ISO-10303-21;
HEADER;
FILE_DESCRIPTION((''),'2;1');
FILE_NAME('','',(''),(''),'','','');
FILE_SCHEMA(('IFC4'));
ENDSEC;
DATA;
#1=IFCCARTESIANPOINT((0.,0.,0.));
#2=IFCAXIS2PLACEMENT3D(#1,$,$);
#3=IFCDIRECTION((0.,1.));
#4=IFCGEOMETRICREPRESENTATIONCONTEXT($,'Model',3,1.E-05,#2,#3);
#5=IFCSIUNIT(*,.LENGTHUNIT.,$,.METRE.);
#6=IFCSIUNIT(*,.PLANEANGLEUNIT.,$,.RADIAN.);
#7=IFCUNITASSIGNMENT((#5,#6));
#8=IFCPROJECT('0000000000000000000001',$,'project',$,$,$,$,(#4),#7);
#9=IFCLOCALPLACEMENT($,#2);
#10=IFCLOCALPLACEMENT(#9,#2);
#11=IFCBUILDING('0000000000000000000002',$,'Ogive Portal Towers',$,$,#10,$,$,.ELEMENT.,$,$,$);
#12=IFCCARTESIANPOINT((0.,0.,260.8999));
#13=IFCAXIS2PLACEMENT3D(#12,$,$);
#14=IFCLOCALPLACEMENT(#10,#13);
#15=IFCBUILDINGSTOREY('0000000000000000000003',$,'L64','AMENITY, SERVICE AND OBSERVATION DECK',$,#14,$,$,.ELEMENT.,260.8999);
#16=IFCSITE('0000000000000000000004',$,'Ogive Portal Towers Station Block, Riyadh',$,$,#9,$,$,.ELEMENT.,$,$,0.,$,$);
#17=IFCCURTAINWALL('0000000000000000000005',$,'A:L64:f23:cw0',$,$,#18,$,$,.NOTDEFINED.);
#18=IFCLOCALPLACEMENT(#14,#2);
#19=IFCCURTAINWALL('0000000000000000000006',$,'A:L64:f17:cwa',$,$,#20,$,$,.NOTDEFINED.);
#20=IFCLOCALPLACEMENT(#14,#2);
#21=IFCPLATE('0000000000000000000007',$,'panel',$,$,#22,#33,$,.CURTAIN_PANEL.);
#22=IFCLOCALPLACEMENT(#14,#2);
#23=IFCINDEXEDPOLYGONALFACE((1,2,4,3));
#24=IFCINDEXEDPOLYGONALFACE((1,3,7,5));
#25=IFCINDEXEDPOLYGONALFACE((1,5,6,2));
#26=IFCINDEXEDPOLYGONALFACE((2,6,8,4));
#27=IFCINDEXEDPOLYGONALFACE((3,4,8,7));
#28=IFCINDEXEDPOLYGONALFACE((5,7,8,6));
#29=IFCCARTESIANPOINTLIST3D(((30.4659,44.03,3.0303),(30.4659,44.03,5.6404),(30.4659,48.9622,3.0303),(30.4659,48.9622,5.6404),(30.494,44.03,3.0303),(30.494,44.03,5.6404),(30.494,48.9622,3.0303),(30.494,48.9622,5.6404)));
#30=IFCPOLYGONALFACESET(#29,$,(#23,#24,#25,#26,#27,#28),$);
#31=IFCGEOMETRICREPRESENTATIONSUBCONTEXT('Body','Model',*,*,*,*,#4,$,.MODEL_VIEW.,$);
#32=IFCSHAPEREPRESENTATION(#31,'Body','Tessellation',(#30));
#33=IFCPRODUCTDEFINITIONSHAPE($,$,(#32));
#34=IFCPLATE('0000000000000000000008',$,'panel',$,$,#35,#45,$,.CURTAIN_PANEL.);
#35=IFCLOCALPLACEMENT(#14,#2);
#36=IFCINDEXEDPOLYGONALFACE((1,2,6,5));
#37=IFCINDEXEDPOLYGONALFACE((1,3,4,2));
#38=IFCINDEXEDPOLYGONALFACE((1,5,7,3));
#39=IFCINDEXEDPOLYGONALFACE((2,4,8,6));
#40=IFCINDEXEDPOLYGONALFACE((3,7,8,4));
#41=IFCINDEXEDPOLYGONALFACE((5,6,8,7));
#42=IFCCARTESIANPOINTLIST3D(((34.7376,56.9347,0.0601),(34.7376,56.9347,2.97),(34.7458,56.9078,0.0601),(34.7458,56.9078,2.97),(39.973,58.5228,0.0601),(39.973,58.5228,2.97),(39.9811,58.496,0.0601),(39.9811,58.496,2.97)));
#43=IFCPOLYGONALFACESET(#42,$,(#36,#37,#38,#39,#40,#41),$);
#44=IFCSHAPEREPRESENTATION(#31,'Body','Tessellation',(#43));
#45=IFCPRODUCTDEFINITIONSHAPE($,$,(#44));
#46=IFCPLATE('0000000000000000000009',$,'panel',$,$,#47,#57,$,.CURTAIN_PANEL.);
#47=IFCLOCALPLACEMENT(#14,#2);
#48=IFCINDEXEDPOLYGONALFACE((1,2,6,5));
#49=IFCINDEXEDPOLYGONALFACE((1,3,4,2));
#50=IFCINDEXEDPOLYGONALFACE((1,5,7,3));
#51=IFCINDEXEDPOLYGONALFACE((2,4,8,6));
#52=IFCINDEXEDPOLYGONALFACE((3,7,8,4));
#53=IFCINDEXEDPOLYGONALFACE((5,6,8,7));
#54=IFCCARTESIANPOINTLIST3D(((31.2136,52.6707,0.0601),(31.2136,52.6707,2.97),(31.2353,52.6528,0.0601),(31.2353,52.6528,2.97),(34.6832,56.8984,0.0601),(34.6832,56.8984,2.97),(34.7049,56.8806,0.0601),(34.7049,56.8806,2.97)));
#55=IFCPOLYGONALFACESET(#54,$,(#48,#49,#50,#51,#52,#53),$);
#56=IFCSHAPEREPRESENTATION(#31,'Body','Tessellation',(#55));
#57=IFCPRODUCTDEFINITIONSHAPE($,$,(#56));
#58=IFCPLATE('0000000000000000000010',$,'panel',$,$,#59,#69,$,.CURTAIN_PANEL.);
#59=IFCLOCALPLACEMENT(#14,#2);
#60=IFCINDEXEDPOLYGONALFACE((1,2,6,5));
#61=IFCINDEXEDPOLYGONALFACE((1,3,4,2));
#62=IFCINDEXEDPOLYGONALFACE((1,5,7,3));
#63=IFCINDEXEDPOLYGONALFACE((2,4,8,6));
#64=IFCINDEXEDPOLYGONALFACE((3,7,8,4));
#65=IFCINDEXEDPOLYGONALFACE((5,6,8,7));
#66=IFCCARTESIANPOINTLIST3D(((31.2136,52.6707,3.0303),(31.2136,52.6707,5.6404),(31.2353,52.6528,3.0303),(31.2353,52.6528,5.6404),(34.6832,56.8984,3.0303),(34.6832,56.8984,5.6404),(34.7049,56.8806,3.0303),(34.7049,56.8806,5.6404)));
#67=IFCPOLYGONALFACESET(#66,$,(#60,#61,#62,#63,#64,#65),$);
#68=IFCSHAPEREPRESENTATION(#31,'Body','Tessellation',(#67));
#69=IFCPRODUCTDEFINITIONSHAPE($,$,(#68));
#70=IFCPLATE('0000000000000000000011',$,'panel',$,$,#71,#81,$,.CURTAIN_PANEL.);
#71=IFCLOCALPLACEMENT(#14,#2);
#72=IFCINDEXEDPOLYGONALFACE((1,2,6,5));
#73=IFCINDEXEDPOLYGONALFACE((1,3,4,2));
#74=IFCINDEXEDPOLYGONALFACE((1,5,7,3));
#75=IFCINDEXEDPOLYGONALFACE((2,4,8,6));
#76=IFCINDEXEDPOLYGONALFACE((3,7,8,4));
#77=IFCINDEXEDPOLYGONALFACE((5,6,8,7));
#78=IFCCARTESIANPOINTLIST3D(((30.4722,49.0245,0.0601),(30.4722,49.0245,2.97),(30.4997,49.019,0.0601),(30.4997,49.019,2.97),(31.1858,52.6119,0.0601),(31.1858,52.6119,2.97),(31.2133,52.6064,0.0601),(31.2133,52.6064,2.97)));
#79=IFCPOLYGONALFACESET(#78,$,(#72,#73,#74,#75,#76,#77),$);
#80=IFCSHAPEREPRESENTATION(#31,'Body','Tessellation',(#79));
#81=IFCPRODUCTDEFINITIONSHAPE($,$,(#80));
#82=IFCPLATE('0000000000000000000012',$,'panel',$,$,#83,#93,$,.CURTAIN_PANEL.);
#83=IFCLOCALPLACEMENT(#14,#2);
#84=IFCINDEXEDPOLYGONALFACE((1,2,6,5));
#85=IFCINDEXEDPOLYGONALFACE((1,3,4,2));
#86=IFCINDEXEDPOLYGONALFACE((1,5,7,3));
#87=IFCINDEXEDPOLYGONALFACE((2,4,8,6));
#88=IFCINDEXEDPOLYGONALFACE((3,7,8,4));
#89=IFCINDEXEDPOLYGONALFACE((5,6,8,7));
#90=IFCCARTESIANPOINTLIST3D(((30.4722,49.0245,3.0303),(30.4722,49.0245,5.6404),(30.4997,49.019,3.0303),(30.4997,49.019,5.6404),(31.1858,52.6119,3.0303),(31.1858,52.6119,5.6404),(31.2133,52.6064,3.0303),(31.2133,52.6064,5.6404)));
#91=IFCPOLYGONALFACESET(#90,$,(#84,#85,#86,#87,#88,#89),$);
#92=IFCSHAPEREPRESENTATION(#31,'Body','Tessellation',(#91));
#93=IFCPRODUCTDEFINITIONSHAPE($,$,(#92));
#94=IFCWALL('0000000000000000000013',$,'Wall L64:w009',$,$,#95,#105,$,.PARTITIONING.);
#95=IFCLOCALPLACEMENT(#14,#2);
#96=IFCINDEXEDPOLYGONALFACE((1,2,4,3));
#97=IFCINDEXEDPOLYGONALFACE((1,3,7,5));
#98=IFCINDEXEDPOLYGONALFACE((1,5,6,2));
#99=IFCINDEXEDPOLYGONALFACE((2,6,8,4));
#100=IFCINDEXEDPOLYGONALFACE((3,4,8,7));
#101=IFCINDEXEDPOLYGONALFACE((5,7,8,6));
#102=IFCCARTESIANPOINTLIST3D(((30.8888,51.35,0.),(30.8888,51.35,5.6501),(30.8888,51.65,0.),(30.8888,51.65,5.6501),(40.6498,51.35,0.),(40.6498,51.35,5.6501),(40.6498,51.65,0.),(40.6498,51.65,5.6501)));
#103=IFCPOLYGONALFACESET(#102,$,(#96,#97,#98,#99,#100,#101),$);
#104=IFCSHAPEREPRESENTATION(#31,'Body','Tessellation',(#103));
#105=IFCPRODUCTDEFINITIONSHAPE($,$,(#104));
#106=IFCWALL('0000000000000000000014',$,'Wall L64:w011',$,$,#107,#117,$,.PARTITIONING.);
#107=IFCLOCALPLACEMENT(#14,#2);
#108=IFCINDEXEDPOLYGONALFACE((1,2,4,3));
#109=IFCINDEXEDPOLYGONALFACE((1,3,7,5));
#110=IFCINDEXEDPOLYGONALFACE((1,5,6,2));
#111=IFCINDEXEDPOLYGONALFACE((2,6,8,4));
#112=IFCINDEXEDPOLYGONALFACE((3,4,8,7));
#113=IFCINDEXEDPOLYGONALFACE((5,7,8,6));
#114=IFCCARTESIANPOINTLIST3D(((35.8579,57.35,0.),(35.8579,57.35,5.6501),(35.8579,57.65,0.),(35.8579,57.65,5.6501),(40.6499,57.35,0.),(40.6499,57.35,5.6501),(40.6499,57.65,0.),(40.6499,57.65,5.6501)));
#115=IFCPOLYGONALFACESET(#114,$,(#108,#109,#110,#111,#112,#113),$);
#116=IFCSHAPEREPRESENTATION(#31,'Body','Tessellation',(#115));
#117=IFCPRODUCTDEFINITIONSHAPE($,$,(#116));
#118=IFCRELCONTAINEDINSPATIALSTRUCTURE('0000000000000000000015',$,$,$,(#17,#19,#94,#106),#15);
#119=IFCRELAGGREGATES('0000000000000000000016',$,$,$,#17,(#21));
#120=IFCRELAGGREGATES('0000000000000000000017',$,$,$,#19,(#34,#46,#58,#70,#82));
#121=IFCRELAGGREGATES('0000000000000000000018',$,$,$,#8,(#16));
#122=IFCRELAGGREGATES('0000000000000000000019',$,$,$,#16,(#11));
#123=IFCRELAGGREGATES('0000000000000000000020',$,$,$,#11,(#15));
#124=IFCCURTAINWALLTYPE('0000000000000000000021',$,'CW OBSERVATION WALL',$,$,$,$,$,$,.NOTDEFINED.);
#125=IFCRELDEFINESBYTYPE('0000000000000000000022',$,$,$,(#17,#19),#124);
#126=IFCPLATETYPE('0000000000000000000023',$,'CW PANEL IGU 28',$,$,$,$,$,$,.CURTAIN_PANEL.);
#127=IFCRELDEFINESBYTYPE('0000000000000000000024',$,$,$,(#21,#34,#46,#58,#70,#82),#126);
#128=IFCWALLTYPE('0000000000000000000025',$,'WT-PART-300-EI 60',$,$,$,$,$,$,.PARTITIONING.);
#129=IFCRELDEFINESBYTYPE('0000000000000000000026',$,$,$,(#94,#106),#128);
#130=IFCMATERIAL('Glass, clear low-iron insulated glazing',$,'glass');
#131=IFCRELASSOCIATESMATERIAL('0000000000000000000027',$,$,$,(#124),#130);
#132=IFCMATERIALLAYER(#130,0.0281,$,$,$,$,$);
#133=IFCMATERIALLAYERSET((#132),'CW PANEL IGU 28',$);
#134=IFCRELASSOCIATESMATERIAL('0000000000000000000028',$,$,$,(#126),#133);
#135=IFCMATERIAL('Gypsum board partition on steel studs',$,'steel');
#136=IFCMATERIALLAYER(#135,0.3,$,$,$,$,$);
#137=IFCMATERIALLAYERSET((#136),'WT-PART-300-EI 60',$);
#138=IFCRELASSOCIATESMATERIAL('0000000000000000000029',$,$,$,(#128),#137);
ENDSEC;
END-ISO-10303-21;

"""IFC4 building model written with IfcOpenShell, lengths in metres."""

from ifc_helpers import new_model, si_unit, direction, frame, frame_2d, origin, origin_2d, place, context, subcontext, project, spatial, rectangle, extrude, material, layer, layer_set, type_object, element, aggregate, save


model = new_model("IFC4")

# Units and contexts
model_context = context("Model", 3, precision=1e-05, world=origin(), true_north=direction((0.0, 1.0)))
body_context = subcontext(model_context, "Body", "Model", "MODEL_VIEW")
ifc_project = project(units=[si_unit("LENGTHUNIT", "METRE"), si_unit("PLANEANGLEUNIT", "RADIAN")], contexts=[model_context])

# Site, building, storey
site_placement = place(None, origin())
site = spatial("IfcSite", under=ifc_project, at=site_placement, Name="Ogive Portal Towers Station Block, Riyadh", CompositionType="ELEMENT", RefElevation=0.0)
building_placement = place(site_placement, origin())
building = spatial("IfcBuilding", under=site, at=building_placement, Name="Ogive Portal Towers", CompositionType="ELEMENT")
storey_placement = place(building_placement, frame((0.0, 0.0, 260.8999)))
storey = spatial("IfcBuildingStorey", under=building, at=storey_placement, Name="L64", Description="AMENITY, SERVICE AND OBSERVATION DECK", CompositionType="ELEMENT", Elevation=260.8999)

# Curtain wall
ifc_material_1 = material(Name="Glass, clear low-iron insulated glazing", Category="glass")
curtain_wall_type = type_object("IfcCurtainWallType", Name="CW OBSERVATION WALL", PredefinedType="NOTDEFINED", material=ifc_material_1)
curtain_wall_1_placement = place(storey_placement, origin())
curtain_wall_1 = element("IfcCurtainWall", 1, at=curtain_wall_1_placement, inside=storey, type_object=curtain_wall_type, Name="A:L64:f23:cw0", PredefinedType="NOTDEFINED")

# Curtain wall
curtain_wall_2_placement = place(storey_placement, origin())
curtain_wall_2 = element("IfcCurtainWall", 2, at=curtain_wall_2_placement, inside=storey, type_object=curtain_wall_type, Name="A:L64:f17:cwa", PredefinedType="NOTDEFINED")

# Plates
ifc_layer_1 = layer(ifc_material_1, 0.0281)
ifc_layer_set_1 = layer_set([ifc_layer_1], Name="CW PANEL IGU 28")
plate_type = type_object("IfcPlateType", Name="CW PANEL IGU 28", PredefinedType="CURTAIN_PANEL", material=ifc_layer_set_1)
plate_1_placement = place(storey_placement, frame((30.48, 46.4961, 3.0303), z_axis=(0.0, 0.0, 1.0), x_axis=(0.0, -1.0, 0.0)))
plate_1 = element("IfcPlate", 3, at=plate_1_placement, type_object=plate_type, Name="panel", PredefinedType="CURTAIN_PANEL", context=body_context, shape_type="SweptSolid", body=[
    extrude(rectangle(XDim=4.9321, YDim=0.0281, at=origin_2d()), origin(), (0.0, 0.0, 1.0), 2.6101),
])
aggregate(curtain_wall_1, [plate_1])
plate_2_placement = place(storey_placement, frame((37.3594, 57.7153, 0.0601), z_axis=(0.0, 0.0, 1.0), x_axis=(-0.95694, -0.290285, 0.0)))
plate_2 = element("IfcPlate", 4, at=plate_2_placement, type_object=plate_type, Name="panel", PredefinedType="CURTAIN_PANEL", context=body_context, shape_type="SweptSolid", body=[
    extrude(rectangle(XDim=5.4709, YDim=0.0281, at=origin_2d()), origin(), (0.0, 0.0, 1.0), 2.9099),
])
plate_3_placement = place(storey_placement, frame((32.9592, 54.7756, 0.0601), z_axis=(0.0, 0.0, 1.0), x_axis=(-0.634393, -0.77301, 0.0)))
plate_3 = element("IfcPlate", 5, at=plate_3_placement, type_object=plate_type, Name="panel", PredefinedType="CURTAIN_PANEL", context=body_context, shape_type="SweptSolid", body=[
    extrude(rectangle(XDim=5.4692, YDim=0.0281, at=origin_2d()), origin(), (0.0, 0.0, 1.0), 2.9099),
])
plate_4_placement = place(storey_placement, frame((32.9592, 54.7756, 3.0303), z_axis=(0.0, 0.0, 1.0), x_axis=(-0.634393, -0.77301, 0.0)))
plate_4 = element("IfcPlate", 6, at=plate_4_placement, type_object=plate_type, Name="panel", PredefinedType="CURTAIN_PANEL", context=body_context, shape_type="SweptSolid", body=[
    extrude(rectangle(XDim=5.4692, YDim=0.0281, at=origin_2d()), origin(), (0.0, 0.0, 1.0), 2.6101),
])
plate_5_placement = place(storey_placement, frame((30.8428, 50.8154, 0.0601), z_axis=(0.0, 0.0, 1.0), x_axis=(-0.19509, -0.980785, 0.0)))
plate_5 = element("IfcPlate", 7, at=plate_5_placement, type_object=plate_type, Name="panel", PredefinedType="CURTAIN_PANEL", context=body_context, shape_type="SweptSolid", body=[
    extrude(rectangle(XDim=3.6577, YDim=0.0281, at=origin_2d()), origin(), (0.0, 0.0, 1.0), 2.9099),
])
plate_6_placement = place(storey_placement, frame((30.8428, 50.8154, 3.0303), z_axis=(0.0, 0.0, 1.0), x_axis=(-0.19509, -0.980785, 0.0)))
plate_6 = element("IfcPlate", 8, at=plate_6_placement, type_object=plate_type, Name="panel", PredefinedType="CURTAIN_PANEL", context=body_context, shape_type="SweptSolid", body=[
    extrude(rectangle(XDim=3.6577, YDim=0.0281, at=origin_2d()), origin(), (0.0, 0.0, 1.0), 2.6101),
])
aggregate(curtain_wall_2, [plate_2, plate_3, plate_4, plate_5, plate_6])

# Walls
ifc_material_2 = material(Name="Gypsum board partition on steel studs", Category="steel")
ifc_layer_2 = layer(ifc_material_2, 0.3)
ifc_layer_set_2 = layer_set([ifc_layer_2], Name="WT-PART-300-EI 60")
wall_type = type_object("IfcWallType", Name="WT-PART-300-EI 60", PredefinedType="PARTITIONING", material=ifc_layer_set_2)
wall_1_placement = place(storey_placement, frame((30.8889, 51.5, 0.0), z_axis=(0.0, 0.0, 1.0), x_axis=(1.0, 0.0, 0.0)))
element("IfcWall", 9, at=wall_1_placement, inside=storey, type_object=wall_type, Name="Wall L64:w009", PredefinedType="PARTITIONING", context=body_context, shape_type="SweptSolid", body=[
    extrude(rectangle(XDim=9.761, YDim=0.3, at=frame_2d((4.8804, 0.0))), origin(), (0.0, 0.0, 1.0), 5.6501),
])
wall_2_placement = place(storey_placement, frame((35.8579, 57.5, 0.0), z_axis=(0.0, 0.0, 1.0), x_axis=(1.0, 0.0, 0.0)))
element("IfcWall", 10, at=wall_2_placement, inside=storey, type_object=wall_type, Name="Wall L64:w011", PredefinedType="PARTITIONING", context=body_context, shape_type="SweptSolid", body=[
    extrude(rectangle(XDim=4.792, YDim=0.3, at=frame_2d((2.396, 0.0))), origin(), (0.0, 0.0, 1.0), 5.6501),
])

save(model, "model.ifc")
